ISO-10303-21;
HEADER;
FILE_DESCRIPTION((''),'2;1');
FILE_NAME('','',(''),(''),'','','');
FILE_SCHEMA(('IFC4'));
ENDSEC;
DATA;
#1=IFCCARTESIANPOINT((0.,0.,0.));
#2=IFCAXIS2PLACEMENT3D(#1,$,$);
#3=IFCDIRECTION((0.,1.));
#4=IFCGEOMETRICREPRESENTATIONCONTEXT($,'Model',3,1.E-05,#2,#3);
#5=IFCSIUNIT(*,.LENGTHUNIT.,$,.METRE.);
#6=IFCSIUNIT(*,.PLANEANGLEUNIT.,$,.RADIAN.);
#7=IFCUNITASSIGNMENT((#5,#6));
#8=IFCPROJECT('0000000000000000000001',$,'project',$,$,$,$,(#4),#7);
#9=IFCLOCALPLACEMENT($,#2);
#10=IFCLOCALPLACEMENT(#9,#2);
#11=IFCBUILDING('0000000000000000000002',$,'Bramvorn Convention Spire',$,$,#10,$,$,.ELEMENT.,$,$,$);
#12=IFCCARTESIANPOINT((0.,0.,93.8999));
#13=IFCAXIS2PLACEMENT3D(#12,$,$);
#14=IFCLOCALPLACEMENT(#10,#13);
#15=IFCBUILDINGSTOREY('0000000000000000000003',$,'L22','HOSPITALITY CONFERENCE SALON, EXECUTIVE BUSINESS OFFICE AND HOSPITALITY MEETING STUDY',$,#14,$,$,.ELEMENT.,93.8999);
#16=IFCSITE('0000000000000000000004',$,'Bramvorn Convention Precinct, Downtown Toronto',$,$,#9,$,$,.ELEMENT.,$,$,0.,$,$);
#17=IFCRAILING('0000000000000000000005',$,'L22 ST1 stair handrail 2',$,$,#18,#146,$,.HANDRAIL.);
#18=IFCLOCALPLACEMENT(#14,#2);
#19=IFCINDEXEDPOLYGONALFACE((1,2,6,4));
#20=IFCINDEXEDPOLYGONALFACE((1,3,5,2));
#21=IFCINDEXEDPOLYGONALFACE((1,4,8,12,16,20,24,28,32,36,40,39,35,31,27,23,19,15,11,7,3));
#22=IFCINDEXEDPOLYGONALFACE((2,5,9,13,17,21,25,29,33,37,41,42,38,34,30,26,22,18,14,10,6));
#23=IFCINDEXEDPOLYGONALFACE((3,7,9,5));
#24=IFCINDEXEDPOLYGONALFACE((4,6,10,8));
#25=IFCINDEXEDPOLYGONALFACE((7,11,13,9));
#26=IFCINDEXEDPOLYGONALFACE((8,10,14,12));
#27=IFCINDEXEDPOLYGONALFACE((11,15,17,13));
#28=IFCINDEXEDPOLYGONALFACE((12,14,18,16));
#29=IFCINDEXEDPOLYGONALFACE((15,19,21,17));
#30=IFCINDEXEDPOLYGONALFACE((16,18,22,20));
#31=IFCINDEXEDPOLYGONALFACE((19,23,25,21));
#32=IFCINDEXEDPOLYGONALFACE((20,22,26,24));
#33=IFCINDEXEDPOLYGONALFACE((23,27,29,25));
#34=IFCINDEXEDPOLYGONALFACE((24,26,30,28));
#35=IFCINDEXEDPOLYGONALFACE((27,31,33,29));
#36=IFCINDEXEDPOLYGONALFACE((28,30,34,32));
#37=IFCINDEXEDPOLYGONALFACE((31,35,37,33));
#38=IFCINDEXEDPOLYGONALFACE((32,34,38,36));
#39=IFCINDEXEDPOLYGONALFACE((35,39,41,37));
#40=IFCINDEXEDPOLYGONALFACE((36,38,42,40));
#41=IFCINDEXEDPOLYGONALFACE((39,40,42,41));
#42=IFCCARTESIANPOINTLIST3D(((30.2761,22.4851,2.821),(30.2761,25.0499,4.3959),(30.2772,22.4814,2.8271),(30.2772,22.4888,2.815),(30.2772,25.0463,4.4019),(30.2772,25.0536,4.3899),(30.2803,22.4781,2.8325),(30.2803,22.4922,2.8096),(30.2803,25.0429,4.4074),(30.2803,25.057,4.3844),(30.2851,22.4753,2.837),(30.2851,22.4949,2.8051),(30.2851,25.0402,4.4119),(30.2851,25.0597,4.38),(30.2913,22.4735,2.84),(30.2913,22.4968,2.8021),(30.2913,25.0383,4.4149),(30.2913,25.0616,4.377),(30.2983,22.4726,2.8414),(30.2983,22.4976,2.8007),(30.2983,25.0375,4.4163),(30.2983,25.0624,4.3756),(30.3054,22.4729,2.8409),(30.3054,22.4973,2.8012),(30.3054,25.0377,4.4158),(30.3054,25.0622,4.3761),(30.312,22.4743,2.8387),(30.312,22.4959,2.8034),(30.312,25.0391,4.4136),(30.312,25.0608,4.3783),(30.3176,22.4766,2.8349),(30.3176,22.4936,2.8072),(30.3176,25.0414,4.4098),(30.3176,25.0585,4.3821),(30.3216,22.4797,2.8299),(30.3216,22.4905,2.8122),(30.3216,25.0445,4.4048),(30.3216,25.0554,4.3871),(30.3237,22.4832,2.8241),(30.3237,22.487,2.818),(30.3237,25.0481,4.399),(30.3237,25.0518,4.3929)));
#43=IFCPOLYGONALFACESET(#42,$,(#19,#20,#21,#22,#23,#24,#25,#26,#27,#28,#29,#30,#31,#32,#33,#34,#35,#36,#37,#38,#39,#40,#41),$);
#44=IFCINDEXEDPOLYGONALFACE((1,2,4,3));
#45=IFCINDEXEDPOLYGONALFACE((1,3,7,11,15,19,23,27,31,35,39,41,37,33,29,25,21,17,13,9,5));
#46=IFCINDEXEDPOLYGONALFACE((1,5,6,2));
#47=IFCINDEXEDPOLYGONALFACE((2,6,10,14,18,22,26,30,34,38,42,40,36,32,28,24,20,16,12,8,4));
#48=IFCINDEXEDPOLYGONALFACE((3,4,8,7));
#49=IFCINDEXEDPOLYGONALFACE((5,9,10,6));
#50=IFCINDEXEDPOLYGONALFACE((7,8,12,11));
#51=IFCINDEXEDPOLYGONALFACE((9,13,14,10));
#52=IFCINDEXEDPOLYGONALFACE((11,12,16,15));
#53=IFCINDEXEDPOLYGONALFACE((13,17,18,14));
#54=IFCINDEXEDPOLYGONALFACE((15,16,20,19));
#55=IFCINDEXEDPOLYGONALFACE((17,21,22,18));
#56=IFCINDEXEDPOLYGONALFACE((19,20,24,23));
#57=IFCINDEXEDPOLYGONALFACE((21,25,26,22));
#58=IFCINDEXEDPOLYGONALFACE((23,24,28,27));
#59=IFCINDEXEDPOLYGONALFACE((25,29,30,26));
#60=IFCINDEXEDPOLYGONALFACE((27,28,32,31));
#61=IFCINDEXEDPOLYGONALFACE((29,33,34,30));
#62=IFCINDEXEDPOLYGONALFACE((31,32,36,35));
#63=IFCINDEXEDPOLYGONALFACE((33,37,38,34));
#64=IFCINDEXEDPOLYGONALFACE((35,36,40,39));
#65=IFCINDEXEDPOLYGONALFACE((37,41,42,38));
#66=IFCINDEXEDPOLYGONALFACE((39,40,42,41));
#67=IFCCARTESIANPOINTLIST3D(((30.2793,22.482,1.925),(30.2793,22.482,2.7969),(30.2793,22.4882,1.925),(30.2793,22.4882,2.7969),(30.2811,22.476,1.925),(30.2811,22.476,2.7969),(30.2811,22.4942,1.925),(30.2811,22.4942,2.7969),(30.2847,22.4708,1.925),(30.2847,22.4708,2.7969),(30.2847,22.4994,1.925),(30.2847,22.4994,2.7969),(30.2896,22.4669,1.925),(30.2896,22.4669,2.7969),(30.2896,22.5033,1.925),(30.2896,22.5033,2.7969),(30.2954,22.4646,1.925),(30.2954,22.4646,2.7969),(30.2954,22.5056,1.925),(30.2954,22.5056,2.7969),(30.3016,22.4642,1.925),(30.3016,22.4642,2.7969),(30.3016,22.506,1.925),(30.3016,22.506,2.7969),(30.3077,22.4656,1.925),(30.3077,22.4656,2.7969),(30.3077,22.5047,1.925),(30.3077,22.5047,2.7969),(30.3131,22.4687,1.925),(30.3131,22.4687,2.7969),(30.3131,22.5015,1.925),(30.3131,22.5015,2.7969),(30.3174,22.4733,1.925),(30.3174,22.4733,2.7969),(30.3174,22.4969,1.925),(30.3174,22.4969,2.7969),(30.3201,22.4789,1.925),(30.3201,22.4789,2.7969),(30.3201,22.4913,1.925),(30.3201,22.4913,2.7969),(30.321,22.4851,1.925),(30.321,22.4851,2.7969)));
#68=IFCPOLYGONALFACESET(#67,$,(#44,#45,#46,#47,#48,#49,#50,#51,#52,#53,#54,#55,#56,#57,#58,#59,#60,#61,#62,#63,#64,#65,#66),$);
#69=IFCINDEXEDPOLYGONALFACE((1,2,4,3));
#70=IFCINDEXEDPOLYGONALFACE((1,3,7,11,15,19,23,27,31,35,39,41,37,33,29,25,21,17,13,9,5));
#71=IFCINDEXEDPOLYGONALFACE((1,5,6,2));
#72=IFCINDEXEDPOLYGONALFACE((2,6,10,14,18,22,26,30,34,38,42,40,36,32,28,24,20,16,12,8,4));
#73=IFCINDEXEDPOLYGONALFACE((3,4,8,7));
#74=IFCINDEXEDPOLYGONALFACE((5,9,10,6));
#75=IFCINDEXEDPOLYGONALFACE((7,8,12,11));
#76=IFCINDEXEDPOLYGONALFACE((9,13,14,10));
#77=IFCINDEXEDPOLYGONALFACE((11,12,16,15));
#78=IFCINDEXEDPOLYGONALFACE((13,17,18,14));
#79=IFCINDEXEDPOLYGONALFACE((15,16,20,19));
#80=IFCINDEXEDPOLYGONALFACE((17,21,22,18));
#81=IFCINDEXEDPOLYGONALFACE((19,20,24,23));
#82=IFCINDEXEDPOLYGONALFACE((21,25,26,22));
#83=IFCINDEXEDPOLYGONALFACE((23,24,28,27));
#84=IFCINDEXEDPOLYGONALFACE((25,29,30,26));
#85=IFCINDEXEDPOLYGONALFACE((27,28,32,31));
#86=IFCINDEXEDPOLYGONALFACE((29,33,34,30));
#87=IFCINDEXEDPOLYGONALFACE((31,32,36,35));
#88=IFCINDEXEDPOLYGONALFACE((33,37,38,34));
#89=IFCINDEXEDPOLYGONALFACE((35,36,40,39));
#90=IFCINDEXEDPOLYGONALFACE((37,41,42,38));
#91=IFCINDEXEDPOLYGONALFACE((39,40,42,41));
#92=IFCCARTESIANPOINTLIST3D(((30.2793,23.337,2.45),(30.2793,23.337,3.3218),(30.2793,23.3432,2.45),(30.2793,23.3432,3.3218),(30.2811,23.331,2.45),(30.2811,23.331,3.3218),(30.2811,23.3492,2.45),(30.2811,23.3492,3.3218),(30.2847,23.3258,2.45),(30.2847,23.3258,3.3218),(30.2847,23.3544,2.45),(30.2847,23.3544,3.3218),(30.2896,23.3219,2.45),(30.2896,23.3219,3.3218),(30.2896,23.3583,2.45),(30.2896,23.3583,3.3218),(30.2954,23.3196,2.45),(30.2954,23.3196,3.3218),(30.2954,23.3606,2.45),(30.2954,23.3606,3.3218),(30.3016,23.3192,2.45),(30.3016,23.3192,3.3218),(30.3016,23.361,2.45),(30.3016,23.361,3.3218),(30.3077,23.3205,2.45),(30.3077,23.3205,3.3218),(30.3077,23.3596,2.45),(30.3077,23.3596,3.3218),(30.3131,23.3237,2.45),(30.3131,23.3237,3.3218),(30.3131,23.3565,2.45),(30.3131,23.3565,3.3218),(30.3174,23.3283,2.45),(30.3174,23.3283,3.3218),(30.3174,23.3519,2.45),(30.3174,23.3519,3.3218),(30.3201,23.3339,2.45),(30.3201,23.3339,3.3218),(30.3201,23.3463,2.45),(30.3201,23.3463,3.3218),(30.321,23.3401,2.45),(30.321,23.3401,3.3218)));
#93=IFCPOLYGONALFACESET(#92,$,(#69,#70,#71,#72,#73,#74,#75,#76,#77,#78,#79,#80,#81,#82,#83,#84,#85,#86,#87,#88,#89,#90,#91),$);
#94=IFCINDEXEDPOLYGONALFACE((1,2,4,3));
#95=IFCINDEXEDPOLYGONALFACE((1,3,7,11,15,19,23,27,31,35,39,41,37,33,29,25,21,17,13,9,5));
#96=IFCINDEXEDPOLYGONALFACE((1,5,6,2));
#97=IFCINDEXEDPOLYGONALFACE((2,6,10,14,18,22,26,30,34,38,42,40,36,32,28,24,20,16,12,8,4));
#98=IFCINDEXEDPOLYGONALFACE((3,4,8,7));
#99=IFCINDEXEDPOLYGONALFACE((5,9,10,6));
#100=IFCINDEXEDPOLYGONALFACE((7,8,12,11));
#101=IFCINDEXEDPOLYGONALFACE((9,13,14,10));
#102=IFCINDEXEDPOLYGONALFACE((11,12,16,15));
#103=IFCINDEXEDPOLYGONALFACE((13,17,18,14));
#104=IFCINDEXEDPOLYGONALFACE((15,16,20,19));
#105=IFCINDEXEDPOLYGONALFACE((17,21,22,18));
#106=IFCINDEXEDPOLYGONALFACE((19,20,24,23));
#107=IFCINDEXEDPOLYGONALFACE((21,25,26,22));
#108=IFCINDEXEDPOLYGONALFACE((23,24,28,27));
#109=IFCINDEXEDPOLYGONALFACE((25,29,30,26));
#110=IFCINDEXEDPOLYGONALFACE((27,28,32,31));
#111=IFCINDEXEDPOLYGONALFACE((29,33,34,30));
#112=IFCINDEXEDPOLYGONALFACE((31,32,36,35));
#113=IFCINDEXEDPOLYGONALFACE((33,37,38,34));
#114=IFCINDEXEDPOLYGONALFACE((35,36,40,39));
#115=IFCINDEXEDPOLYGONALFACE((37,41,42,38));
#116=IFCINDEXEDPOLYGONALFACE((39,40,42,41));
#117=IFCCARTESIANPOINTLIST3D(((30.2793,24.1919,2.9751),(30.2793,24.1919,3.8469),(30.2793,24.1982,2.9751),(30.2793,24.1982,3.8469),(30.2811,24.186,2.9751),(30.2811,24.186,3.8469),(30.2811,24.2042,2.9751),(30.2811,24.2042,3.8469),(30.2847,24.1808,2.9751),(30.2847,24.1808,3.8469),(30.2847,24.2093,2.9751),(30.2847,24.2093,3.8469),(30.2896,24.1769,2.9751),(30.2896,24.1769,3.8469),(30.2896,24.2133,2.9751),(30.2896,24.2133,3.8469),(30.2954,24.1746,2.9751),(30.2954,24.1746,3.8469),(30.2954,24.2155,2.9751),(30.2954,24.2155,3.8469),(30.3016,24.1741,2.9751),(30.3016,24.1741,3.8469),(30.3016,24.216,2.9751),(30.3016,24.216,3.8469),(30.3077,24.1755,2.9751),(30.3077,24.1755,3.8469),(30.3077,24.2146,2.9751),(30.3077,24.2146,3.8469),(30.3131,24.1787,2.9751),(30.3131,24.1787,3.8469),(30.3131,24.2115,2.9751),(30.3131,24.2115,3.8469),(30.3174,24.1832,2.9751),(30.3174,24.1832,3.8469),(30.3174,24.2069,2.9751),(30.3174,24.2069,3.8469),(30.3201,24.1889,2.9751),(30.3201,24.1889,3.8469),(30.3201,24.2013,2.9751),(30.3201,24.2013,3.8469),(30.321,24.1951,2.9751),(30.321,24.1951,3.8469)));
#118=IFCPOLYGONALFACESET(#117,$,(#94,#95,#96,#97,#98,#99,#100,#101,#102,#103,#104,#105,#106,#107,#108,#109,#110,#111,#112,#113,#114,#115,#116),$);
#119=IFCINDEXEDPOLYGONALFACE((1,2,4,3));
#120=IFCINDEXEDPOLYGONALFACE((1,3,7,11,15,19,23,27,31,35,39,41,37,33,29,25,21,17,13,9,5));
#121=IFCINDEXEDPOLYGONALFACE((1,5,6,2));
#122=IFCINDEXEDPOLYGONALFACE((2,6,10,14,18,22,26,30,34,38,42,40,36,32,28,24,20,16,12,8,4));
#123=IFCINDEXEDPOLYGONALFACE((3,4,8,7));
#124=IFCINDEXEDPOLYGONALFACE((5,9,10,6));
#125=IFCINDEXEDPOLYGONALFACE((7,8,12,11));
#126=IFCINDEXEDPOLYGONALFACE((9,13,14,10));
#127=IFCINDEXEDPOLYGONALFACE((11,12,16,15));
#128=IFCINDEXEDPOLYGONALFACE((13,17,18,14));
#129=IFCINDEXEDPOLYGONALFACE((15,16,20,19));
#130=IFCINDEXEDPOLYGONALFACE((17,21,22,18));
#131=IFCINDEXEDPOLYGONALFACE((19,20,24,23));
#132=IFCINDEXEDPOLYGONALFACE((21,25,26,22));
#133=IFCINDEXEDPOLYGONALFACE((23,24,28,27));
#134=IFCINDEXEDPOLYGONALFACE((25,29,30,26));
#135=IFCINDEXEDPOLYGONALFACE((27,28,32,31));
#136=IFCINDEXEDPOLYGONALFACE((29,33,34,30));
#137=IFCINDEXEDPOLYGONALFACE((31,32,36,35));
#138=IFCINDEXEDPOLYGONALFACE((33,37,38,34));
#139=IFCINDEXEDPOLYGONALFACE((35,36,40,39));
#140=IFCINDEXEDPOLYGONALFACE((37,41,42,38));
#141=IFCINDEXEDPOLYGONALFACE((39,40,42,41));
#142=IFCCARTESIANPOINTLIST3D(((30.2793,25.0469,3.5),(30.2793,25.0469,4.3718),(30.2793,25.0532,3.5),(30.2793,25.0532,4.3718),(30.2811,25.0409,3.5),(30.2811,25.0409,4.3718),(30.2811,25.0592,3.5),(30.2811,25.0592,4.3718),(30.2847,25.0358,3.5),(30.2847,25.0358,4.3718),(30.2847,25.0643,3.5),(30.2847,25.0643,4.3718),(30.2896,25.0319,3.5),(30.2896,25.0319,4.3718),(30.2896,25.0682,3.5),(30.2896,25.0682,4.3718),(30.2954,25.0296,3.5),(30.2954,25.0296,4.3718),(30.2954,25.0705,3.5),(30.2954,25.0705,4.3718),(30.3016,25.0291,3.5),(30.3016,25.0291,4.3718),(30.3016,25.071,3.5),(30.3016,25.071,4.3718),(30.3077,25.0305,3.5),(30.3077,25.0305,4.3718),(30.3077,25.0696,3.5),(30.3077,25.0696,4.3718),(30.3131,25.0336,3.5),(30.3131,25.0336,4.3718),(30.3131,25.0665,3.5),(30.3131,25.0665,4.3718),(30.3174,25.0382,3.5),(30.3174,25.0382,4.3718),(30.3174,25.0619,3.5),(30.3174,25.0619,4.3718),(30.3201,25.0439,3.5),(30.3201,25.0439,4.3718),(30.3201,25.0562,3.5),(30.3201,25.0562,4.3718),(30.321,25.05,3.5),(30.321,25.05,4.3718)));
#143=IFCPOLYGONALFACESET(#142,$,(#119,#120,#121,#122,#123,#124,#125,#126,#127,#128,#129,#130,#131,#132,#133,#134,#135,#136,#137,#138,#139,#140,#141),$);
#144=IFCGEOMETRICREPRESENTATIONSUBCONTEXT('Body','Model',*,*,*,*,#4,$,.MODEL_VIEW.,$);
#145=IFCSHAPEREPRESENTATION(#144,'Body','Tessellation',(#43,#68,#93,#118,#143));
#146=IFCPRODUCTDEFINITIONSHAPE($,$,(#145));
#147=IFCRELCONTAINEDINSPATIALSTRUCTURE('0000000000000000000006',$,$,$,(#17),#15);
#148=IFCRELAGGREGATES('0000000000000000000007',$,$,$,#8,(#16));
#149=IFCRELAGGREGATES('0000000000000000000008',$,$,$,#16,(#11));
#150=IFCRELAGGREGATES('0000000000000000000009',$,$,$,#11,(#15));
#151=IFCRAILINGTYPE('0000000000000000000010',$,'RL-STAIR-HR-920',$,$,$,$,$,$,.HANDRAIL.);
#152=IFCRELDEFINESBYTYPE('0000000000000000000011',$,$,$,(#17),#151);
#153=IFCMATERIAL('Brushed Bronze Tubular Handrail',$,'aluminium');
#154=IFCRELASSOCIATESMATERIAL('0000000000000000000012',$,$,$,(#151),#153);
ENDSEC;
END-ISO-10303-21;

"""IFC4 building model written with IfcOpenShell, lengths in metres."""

from ifc_helpers import new_model, si_unit, direction, frame, origin, origin_2d, place, context, subcontext, project, spatial, circle, extrude, material, type_object, element, save


model = new_model("IFC4")

# Units and contexts
model_context = context("Model", 3, precision=1e-05, world=origin(), true_north=direction((0.0, 1.0)))
body_context = subcontext(model_context, "Body", "Model", "MODEL_VIEW")
ifc_project = project(units=[si_unit("LENGTHUNIT", "METRE"), si_unit("PLANEANGLEUNIT", "RADIAN")], contexts=[model_context])

# Site, building, storey
site_placement = place(None, origin())
site = spatial("IfcSite", under=ifc_project, at=site_placement, Name="Bramvorn Convention Precinct, Downtown Toronto", CompositionType="ELEMENT", RefElevation=0.0)
building_placement = place(site_placement, origin())
building = spatial("IfcBuilding", under=site, at=building_placement, Name="Bramvorn Convention Spire", CompositionType="ELEMENT")
storey_placement = place(building_placement, frame((0.0, 0.0, 93.8999)))
storey = spatial("IfcBuildingStorey", under=building, at=storey_placement, Name="L22", Description="HOSPITALITY CONFERENCE SALON, EXECUTIVE BUSINESS OFFICE AND HOSPITALITY MEETING STUDY", CompositionType="ELEMENT", Elevation=93.8999)

# Railing
ifc_material_1 = material(Name="Brushed Bronze Tubular Handrail", Category="aluminium")
railing_type_1 = type_object("IfcRailingType", Name="RL-STAIR-HR-920", PredefinedType="HANDRAIL", material=ifc_material_1)
for number, where, name in (
    (1, (30.3, 22.4851, 1.925), "L22 ST1 stair handrail 2"),
):
    element("IfcRailing", number, at=place(storey_placement, frame(where)), inside=storey, type_object=railing_type_1, Name=name, PredefinedType="HANDRAIL", context=body_context, shape_type="SweptSolid", body=[
        extrude(circle(Radius=0.0239, at=origin_2d()), frame((0.0, 0.0, 0.896), z_axis=(0.0, 0.852173, 0.52326), x_axis=(-1.0, 0.0, 0.0)), (0.0, 0.0, 1.0), 3.0098),
        extrude(circle(Radius=0.021, at=origin_2d()), origin(), (0.0, 0.0, 1.0), 0.8718),
        extrude(circle(Radius=0.021, at=origin_2d()), frame((0.0, 0.855, 0.5249)), (0.0, 0.0, 1.0), 0.8718),
        extrude(circle(Radius=0.021, at=origin_2d()), frame((0.0, 1.71, 1.05)), (0.0, 0.0, 1.0), 0.8718),
        extrude(circle(Radius=0.021, at=origin_2d()), frame((0.0, 2.5649, 1.575)), (0.0, 0.0, 1.0), 0.8718),
    ])

save(model, "model.ifc")
